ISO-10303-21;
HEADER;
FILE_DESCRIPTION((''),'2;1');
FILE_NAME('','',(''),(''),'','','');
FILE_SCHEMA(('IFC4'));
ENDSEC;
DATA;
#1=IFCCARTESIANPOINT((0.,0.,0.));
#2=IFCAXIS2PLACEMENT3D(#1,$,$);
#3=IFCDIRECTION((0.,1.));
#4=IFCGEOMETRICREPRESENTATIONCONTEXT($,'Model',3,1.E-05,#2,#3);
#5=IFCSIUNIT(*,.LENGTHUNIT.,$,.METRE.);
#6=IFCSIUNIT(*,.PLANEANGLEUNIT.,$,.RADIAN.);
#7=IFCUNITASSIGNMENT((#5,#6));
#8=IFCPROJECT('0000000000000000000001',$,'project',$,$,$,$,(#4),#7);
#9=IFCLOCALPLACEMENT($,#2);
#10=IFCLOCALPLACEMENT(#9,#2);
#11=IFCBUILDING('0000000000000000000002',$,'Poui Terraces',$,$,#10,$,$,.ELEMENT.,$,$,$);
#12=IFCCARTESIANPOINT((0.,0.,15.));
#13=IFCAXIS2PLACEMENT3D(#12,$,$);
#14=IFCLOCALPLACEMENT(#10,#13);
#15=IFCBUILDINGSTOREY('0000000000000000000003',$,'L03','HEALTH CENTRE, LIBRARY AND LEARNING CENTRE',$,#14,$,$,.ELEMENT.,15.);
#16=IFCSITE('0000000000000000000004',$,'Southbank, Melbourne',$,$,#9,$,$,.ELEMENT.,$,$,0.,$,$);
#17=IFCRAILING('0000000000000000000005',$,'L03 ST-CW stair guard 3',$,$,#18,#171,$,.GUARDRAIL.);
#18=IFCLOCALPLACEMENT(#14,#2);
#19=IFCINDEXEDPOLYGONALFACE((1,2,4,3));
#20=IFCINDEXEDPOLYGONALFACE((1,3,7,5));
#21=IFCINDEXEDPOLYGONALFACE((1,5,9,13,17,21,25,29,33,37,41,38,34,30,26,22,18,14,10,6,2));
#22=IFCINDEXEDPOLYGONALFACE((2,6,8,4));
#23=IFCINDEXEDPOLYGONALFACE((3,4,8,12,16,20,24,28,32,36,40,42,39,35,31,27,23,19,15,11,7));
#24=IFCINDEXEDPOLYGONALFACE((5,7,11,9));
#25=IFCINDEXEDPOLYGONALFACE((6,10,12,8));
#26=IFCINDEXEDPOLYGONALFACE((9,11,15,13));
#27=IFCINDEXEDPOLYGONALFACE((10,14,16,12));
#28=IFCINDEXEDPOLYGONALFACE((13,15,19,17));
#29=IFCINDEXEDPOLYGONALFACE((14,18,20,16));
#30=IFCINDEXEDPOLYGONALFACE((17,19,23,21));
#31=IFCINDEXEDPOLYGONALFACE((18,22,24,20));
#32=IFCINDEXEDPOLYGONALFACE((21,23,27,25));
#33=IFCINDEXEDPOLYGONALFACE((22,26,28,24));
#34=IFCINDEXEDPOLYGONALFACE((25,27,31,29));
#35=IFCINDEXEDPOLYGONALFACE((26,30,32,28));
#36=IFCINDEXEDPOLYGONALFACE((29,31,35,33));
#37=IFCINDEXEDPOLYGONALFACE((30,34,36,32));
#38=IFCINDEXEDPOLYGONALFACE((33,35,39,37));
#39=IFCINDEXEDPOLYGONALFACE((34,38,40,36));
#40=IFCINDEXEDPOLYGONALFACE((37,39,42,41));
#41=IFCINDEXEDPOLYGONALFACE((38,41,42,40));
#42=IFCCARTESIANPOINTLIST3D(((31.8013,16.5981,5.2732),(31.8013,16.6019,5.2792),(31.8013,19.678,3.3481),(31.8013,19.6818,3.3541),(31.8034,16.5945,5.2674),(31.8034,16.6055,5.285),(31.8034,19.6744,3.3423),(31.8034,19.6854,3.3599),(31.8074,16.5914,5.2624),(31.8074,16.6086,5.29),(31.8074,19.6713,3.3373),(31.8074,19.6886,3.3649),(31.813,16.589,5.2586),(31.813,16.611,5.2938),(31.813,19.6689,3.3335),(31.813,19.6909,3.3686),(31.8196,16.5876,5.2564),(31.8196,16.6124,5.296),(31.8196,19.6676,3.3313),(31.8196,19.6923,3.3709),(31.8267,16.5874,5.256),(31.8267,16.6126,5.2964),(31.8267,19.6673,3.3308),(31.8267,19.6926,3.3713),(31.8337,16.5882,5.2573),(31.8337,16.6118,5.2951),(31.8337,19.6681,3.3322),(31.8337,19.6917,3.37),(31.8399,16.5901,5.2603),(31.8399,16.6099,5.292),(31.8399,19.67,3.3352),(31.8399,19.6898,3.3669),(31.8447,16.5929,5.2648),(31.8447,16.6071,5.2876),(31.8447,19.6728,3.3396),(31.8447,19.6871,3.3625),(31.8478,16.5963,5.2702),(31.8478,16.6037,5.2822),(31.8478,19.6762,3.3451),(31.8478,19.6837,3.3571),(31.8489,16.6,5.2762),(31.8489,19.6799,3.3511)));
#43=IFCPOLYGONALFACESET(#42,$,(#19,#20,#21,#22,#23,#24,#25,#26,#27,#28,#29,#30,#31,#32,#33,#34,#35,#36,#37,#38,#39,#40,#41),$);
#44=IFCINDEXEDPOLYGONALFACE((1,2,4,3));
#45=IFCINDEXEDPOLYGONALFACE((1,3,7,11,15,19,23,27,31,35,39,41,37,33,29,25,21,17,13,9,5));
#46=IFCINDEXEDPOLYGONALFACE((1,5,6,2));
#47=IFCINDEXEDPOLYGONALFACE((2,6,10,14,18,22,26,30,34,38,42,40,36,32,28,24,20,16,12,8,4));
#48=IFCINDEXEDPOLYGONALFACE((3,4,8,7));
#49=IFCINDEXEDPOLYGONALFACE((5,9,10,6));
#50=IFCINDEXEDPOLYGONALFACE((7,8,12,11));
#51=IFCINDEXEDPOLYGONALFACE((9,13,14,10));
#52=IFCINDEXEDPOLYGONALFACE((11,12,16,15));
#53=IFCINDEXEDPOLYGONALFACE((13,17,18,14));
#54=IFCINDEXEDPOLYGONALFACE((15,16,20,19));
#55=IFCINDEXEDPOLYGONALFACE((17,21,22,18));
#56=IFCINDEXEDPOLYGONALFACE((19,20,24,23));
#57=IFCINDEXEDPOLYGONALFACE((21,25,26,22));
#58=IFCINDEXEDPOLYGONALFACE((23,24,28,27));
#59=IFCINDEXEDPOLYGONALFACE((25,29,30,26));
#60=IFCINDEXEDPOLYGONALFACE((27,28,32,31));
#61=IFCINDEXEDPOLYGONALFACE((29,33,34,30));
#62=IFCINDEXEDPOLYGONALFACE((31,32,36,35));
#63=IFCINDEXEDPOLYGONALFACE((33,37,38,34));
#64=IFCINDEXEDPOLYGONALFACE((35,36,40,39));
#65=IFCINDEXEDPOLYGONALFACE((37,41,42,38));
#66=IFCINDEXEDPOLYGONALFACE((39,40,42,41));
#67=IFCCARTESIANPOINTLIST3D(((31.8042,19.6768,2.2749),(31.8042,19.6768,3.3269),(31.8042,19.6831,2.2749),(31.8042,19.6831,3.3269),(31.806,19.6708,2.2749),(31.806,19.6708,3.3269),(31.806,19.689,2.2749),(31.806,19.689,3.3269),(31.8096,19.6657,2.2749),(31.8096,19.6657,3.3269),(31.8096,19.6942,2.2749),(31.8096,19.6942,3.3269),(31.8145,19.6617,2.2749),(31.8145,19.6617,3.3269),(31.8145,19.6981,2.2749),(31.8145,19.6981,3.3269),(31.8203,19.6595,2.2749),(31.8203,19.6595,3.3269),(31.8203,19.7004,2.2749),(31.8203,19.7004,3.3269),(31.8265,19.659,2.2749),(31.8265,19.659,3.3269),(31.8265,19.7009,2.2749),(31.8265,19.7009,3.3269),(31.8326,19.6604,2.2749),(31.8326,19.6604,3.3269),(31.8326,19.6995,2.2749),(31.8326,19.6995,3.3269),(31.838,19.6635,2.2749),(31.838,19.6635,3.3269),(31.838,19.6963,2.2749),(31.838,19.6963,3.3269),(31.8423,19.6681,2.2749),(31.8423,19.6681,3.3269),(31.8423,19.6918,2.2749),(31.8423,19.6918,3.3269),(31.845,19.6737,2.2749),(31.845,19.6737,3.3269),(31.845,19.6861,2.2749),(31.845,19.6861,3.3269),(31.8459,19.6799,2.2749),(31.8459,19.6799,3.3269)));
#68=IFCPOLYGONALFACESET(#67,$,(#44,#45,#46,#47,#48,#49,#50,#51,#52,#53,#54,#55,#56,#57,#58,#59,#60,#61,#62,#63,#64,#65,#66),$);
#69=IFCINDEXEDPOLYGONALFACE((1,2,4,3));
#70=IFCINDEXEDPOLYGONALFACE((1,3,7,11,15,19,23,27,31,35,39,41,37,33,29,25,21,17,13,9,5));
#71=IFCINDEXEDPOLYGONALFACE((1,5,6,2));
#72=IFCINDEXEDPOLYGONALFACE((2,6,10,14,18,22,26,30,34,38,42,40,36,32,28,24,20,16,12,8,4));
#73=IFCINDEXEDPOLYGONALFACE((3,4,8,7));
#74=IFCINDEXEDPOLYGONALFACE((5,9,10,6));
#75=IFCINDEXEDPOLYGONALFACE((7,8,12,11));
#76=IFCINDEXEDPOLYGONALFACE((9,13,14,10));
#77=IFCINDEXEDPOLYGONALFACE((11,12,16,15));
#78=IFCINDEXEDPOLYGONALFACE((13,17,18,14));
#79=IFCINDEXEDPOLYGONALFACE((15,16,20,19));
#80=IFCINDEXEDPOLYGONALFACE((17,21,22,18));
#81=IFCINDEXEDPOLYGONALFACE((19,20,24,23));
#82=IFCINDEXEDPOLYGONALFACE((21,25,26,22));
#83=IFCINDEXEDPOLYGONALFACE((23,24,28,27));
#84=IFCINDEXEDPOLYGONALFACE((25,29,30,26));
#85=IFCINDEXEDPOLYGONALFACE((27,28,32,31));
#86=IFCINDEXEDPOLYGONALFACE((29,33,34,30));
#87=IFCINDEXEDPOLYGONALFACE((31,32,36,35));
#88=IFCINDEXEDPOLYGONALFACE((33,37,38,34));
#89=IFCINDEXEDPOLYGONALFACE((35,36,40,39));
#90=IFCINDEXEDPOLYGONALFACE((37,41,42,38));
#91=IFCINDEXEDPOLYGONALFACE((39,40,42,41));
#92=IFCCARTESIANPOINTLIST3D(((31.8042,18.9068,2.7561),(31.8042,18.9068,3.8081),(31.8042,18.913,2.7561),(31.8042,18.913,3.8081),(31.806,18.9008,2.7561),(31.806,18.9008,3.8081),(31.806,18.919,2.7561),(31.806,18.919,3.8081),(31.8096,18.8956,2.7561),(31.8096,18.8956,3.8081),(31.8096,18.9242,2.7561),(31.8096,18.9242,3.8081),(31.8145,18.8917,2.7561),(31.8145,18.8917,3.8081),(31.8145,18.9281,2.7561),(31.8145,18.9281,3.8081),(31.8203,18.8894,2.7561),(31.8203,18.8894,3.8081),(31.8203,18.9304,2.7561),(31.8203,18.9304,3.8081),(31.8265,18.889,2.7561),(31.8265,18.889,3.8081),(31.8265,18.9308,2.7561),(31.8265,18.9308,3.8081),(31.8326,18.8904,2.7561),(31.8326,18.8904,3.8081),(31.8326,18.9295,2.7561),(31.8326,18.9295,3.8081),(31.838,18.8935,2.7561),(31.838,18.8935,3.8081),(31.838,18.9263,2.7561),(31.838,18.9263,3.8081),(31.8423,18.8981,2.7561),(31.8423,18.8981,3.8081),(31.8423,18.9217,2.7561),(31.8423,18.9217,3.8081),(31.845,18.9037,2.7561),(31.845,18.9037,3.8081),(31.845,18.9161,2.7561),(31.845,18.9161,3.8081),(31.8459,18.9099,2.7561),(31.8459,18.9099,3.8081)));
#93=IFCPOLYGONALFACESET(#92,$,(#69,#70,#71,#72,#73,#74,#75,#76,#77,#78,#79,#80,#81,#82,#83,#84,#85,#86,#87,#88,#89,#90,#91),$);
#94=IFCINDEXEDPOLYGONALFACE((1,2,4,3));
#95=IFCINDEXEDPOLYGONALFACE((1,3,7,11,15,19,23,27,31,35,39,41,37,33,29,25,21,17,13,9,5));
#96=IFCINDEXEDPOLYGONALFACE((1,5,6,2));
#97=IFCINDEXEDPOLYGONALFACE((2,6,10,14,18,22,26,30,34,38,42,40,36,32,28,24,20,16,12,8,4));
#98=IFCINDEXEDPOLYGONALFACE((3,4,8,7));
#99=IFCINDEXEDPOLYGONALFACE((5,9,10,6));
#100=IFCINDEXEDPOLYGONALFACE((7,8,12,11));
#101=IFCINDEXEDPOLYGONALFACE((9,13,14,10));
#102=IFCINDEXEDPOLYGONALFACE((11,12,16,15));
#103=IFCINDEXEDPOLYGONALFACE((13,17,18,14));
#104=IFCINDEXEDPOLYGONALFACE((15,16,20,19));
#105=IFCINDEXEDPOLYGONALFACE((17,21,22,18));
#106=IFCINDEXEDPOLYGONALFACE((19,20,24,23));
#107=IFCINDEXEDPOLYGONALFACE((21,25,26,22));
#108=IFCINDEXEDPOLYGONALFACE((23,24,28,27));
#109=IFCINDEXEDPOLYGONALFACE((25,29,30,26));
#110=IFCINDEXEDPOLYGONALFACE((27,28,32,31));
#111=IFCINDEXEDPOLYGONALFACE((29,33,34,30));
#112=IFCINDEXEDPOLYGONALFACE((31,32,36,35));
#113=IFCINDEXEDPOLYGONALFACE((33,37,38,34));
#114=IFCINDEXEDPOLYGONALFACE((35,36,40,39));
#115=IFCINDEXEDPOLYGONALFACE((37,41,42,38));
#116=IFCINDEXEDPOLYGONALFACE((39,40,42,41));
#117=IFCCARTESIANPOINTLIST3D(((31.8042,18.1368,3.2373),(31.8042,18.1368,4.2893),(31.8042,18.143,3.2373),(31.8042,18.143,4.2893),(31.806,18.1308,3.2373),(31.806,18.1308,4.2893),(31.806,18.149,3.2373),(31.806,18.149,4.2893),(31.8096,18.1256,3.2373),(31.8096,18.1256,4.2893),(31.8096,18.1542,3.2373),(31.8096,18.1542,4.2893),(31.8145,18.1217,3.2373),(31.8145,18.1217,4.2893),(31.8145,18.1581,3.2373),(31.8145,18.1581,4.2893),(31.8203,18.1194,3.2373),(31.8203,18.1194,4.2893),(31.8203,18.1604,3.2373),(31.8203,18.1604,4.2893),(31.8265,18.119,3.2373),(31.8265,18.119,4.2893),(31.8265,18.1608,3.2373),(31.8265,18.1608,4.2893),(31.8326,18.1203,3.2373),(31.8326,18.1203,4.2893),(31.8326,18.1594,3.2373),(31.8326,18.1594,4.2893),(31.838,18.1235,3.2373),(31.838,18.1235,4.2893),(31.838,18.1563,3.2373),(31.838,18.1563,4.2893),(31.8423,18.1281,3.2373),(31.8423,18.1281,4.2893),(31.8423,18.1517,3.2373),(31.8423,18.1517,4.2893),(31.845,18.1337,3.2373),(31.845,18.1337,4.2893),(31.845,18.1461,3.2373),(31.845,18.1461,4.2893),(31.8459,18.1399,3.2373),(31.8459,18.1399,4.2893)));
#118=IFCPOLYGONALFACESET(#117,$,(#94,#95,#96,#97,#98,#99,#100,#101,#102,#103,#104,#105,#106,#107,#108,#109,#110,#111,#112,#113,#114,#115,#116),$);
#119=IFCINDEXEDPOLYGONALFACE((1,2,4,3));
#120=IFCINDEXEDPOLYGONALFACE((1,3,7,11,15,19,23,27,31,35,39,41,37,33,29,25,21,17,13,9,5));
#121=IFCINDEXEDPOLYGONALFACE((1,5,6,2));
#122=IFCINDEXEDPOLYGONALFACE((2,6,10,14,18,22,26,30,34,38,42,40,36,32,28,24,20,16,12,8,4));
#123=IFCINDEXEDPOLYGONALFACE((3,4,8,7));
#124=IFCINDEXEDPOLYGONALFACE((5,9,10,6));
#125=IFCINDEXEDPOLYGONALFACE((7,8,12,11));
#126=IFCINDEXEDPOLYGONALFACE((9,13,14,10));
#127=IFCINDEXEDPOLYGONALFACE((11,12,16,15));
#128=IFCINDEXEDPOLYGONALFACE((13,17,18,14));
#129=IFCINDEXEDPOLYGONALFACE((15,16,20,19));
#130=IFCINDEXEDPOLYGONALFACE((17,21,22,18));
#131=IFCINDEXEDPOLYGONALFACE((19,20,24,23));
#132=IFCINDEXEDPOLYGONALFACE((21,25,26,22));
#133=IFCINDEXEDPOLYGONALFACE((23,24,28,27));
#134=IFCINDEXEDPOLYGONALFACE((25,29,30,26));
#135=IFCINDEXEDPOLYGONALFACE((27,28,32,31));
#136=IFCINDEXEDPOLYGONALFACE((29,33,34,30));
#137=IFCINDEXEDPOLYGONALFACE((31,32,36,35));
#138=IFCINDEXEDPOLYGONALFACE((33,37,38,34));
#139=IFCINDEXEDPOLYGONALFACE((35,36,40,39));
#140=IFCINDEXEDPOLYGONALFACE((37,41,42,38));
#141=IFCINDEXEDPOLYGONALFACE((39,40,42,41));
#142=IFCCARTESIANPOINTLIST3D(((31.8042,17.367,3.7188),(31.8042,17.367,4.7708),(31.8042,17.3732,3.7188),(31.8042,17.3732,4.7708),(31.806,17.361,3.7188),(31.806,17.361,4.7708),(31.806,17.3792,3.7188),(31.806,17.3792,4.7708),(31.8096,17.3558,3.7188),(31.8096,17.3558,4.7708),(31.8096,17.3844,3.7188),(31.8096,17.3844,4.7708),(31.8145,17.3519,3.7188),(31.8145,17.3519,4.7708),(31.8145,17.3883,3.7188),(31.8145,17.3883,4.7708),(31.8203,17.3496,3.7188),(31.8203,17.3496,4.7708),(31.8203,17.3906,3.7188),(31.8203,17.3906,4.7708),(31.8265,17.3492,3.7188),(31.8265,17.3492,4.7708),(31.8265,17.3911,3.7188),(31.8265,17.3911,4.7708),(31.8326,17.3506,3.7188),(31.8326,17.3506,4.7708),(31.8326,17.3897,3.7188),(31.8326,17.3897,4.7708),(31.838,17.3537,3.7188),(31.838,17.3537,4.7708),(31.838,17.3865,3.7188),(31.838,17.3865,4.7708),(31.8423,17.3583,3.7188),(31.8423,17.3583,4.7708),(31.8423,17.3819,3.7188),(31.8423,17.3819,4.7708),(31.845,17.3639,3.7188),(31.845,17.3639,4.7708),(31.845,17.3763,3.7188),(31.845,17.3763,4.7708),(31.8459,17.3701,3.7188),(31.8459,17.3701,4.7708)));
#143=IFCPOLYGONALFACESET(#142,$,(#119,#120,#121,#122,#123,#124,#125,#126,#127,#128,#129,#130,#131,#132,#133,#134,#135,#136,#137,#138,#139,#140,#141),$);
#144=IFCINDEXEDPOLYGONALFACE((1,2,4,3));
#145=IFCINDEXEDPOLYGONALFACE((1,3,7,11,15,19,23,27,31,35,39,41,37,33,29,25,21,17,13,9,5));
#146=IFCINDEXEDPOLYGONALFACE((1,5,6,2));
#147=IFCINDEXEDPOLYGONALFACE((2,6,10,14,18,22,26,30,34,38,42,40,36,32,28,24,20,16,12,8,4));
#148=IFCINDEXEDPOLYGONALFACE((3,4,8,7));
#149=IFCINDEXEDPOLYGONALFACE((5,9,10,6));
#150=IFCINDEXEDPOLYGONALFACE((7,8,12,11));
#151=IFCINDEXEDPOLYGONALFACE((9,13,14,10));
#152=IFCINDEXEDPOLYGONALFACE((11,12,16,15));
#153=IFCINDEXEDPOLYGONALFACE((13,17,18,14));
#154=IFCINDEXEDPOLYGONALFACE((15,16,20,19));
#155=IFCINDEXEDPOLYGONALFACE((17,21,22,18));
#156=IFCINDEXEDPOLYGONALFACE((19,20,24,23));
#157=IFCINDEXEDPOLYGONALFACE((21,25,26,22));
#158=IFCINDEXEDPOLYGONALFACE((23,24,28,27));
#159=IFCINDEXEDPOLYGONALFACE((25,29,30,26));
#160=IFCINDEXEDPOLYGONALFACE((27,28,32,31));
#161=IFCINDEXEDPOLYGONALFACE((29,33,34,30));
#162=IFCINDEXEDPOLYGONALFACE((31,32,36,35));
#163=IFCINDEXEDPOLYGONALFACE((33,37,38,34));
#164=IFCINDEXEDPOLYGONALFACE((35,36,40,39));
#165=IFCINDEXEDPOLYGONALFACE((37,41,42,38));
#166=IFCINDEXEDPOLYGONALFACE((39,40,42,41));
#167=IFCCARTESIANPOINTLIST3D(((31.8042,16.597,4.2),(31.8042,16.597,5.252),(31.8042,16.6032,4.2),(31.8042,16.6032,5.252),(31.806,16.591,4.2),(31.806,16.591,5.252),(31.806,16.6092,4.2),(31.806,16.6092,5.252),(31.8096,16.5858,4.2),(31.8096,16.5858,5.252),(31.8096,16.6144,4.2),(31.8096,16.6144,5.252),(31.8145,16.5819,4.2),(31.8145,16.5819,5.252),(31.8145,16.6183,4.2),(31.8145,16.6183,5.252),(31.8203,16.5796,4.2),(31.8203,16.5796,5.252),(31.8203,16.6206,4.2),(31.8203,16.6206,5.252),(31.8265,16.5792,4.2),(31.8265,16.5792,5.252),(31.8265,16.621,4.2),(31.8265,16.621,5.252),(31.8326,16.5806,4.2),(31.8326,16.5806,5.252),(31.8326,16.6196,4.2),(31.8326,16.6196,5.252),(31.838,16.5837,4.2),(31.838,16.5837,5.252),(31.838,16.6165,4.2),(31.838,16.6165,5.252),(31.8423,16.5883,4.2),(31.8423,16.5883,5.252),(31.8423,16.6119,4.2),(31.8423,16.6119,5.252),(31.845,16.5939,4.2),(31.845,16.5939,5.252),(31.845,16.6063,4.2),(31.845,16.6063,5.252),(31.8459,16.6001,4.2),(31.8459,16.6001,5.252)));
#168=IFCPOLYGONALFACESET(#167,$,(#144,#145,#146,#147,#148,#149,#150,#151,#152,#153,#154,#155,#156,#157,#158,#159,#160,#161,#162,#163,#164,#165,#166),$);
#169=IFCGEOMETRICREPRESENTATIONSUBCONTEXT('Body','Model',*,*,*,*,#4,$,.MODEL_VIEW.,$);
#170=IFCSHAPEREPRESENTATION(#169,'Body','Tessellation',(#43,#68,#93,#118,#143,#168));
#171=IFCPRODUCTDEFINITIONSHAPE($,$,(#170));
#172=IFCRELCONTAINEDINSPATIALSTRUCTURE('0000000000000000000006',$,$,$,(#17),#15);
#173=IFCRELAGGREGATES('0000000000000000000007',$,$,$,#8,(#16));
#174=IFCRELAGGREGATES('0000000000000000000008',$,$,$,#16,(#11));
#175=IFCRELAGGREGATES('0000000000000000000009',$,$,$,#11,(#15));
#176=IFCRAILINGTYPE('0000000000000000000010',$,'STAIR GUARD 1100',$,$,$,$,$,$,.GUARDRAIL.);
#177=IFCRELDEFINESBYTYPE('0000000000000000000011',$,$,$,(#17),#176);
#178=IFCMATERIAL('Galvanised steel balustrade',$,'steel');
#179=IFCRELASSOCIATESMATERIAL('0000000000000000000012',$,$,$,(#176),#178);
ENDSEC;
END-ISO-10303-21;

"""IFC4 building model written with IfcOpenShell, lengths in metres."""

from ifc_helpers import new_model, si_unit, direction, frame, origin, origin_2d, place, context, subcontext, project, spatial, circle, extrude, material, type_object, element, save


model = new_model("IFC4")

# Units and contexts
model_context = context("Model", 3, precision=1e-05, world=origin(), true_north=direction((0.0, 1.0)))
body_context = subcontext(model_context, "Body", "Model", "MODEL_VIEW")
ifc_project = project(units=[si_unit("LENGTHUNIT", "METRE"), si_unit("PLANEANGLEUNIT", "RADIAN")], contexts=[model_context])

# Site, building, storey
site_placement = place(None, origin())
site = spatial("IfcSite", under=ifc_project, at=site_placement, Name="Southbank, Melbourne", CompositionType="ELEMENT", RefElevation=0.0)
building_placement = place(site_placement, origin())
building = spatial("IfcBuilding", under=site, at=building_placement, Name="Poui Terraces", CompositionType="ELEMENT")
storey_placement = place(building_placement, frame((0.0, 0.0, 15.0)))
storey = spatial("IfcBuildingStorey", under=building, at=storey_placement, Name="L03", Description="HEALTH CENTRE, LIBRARY AND LEARNING CENTRE", CompositionType="ELEMENT", Elevation=15.0)

# Railing
ifc_material_1 = material(Name="Galvanised steel balustrade", Category="steel")
railing_type_1 = type_object("IfcRailingType", Name="STAIR GUARD 1100", PredefinedType="GUARDRAIL", material=ifc_material_1)
railing_1_placement = place(storey_placement, frame((31.825, 19.6799, 2.2749)))
element("IfcRailing", 1, at=railing_1_placement, inside=storey, type_object=railing_type_1, Name="L03 ST-CW stair guard 3", PredefinedType="GUARDRAIL", context=body_context, shape_type="SweptSolid", body=[
    extrude(circle(Radius=0.0239, at=origin_2d()), frame((0.0, 0.0, 1.0762), z_axis=(0.0, -0.847979, 0.530029), x_axis=(1.0, 0.0, 0.0)), (0.0, 0.0, 1.0), 3.6321),
    extrude(circle(Radius=0.021, at=origin_2d()), origin(), (0.0, 0.0, 1.0), 1.052),
    extrude(circle(Radius=0.021, at=origin_2d()), frame((0.0, -0.77, 0.4812)), (0.0, 0.0, 1.0), 1.052),
    extrude(circle(Radius=0.021, at=origin_2d()), frame((0.0, -1.54, 0.9624)), (0.0, 0.0, 1.0), 1.052),
    extrude(circle(Radius=0.021, at=origin_2d()), frame((0.0, -2.3098, 1.4438)), (0.0, 0.0, 1.0), 1.052),
    extrude(circle(Radius=0.021, at=origin_2d()), frame((0.0, -3.0798, 1.925)), (0.0, 0.0, 1.0), 1.052),
])

save(model, "model.ifc")
